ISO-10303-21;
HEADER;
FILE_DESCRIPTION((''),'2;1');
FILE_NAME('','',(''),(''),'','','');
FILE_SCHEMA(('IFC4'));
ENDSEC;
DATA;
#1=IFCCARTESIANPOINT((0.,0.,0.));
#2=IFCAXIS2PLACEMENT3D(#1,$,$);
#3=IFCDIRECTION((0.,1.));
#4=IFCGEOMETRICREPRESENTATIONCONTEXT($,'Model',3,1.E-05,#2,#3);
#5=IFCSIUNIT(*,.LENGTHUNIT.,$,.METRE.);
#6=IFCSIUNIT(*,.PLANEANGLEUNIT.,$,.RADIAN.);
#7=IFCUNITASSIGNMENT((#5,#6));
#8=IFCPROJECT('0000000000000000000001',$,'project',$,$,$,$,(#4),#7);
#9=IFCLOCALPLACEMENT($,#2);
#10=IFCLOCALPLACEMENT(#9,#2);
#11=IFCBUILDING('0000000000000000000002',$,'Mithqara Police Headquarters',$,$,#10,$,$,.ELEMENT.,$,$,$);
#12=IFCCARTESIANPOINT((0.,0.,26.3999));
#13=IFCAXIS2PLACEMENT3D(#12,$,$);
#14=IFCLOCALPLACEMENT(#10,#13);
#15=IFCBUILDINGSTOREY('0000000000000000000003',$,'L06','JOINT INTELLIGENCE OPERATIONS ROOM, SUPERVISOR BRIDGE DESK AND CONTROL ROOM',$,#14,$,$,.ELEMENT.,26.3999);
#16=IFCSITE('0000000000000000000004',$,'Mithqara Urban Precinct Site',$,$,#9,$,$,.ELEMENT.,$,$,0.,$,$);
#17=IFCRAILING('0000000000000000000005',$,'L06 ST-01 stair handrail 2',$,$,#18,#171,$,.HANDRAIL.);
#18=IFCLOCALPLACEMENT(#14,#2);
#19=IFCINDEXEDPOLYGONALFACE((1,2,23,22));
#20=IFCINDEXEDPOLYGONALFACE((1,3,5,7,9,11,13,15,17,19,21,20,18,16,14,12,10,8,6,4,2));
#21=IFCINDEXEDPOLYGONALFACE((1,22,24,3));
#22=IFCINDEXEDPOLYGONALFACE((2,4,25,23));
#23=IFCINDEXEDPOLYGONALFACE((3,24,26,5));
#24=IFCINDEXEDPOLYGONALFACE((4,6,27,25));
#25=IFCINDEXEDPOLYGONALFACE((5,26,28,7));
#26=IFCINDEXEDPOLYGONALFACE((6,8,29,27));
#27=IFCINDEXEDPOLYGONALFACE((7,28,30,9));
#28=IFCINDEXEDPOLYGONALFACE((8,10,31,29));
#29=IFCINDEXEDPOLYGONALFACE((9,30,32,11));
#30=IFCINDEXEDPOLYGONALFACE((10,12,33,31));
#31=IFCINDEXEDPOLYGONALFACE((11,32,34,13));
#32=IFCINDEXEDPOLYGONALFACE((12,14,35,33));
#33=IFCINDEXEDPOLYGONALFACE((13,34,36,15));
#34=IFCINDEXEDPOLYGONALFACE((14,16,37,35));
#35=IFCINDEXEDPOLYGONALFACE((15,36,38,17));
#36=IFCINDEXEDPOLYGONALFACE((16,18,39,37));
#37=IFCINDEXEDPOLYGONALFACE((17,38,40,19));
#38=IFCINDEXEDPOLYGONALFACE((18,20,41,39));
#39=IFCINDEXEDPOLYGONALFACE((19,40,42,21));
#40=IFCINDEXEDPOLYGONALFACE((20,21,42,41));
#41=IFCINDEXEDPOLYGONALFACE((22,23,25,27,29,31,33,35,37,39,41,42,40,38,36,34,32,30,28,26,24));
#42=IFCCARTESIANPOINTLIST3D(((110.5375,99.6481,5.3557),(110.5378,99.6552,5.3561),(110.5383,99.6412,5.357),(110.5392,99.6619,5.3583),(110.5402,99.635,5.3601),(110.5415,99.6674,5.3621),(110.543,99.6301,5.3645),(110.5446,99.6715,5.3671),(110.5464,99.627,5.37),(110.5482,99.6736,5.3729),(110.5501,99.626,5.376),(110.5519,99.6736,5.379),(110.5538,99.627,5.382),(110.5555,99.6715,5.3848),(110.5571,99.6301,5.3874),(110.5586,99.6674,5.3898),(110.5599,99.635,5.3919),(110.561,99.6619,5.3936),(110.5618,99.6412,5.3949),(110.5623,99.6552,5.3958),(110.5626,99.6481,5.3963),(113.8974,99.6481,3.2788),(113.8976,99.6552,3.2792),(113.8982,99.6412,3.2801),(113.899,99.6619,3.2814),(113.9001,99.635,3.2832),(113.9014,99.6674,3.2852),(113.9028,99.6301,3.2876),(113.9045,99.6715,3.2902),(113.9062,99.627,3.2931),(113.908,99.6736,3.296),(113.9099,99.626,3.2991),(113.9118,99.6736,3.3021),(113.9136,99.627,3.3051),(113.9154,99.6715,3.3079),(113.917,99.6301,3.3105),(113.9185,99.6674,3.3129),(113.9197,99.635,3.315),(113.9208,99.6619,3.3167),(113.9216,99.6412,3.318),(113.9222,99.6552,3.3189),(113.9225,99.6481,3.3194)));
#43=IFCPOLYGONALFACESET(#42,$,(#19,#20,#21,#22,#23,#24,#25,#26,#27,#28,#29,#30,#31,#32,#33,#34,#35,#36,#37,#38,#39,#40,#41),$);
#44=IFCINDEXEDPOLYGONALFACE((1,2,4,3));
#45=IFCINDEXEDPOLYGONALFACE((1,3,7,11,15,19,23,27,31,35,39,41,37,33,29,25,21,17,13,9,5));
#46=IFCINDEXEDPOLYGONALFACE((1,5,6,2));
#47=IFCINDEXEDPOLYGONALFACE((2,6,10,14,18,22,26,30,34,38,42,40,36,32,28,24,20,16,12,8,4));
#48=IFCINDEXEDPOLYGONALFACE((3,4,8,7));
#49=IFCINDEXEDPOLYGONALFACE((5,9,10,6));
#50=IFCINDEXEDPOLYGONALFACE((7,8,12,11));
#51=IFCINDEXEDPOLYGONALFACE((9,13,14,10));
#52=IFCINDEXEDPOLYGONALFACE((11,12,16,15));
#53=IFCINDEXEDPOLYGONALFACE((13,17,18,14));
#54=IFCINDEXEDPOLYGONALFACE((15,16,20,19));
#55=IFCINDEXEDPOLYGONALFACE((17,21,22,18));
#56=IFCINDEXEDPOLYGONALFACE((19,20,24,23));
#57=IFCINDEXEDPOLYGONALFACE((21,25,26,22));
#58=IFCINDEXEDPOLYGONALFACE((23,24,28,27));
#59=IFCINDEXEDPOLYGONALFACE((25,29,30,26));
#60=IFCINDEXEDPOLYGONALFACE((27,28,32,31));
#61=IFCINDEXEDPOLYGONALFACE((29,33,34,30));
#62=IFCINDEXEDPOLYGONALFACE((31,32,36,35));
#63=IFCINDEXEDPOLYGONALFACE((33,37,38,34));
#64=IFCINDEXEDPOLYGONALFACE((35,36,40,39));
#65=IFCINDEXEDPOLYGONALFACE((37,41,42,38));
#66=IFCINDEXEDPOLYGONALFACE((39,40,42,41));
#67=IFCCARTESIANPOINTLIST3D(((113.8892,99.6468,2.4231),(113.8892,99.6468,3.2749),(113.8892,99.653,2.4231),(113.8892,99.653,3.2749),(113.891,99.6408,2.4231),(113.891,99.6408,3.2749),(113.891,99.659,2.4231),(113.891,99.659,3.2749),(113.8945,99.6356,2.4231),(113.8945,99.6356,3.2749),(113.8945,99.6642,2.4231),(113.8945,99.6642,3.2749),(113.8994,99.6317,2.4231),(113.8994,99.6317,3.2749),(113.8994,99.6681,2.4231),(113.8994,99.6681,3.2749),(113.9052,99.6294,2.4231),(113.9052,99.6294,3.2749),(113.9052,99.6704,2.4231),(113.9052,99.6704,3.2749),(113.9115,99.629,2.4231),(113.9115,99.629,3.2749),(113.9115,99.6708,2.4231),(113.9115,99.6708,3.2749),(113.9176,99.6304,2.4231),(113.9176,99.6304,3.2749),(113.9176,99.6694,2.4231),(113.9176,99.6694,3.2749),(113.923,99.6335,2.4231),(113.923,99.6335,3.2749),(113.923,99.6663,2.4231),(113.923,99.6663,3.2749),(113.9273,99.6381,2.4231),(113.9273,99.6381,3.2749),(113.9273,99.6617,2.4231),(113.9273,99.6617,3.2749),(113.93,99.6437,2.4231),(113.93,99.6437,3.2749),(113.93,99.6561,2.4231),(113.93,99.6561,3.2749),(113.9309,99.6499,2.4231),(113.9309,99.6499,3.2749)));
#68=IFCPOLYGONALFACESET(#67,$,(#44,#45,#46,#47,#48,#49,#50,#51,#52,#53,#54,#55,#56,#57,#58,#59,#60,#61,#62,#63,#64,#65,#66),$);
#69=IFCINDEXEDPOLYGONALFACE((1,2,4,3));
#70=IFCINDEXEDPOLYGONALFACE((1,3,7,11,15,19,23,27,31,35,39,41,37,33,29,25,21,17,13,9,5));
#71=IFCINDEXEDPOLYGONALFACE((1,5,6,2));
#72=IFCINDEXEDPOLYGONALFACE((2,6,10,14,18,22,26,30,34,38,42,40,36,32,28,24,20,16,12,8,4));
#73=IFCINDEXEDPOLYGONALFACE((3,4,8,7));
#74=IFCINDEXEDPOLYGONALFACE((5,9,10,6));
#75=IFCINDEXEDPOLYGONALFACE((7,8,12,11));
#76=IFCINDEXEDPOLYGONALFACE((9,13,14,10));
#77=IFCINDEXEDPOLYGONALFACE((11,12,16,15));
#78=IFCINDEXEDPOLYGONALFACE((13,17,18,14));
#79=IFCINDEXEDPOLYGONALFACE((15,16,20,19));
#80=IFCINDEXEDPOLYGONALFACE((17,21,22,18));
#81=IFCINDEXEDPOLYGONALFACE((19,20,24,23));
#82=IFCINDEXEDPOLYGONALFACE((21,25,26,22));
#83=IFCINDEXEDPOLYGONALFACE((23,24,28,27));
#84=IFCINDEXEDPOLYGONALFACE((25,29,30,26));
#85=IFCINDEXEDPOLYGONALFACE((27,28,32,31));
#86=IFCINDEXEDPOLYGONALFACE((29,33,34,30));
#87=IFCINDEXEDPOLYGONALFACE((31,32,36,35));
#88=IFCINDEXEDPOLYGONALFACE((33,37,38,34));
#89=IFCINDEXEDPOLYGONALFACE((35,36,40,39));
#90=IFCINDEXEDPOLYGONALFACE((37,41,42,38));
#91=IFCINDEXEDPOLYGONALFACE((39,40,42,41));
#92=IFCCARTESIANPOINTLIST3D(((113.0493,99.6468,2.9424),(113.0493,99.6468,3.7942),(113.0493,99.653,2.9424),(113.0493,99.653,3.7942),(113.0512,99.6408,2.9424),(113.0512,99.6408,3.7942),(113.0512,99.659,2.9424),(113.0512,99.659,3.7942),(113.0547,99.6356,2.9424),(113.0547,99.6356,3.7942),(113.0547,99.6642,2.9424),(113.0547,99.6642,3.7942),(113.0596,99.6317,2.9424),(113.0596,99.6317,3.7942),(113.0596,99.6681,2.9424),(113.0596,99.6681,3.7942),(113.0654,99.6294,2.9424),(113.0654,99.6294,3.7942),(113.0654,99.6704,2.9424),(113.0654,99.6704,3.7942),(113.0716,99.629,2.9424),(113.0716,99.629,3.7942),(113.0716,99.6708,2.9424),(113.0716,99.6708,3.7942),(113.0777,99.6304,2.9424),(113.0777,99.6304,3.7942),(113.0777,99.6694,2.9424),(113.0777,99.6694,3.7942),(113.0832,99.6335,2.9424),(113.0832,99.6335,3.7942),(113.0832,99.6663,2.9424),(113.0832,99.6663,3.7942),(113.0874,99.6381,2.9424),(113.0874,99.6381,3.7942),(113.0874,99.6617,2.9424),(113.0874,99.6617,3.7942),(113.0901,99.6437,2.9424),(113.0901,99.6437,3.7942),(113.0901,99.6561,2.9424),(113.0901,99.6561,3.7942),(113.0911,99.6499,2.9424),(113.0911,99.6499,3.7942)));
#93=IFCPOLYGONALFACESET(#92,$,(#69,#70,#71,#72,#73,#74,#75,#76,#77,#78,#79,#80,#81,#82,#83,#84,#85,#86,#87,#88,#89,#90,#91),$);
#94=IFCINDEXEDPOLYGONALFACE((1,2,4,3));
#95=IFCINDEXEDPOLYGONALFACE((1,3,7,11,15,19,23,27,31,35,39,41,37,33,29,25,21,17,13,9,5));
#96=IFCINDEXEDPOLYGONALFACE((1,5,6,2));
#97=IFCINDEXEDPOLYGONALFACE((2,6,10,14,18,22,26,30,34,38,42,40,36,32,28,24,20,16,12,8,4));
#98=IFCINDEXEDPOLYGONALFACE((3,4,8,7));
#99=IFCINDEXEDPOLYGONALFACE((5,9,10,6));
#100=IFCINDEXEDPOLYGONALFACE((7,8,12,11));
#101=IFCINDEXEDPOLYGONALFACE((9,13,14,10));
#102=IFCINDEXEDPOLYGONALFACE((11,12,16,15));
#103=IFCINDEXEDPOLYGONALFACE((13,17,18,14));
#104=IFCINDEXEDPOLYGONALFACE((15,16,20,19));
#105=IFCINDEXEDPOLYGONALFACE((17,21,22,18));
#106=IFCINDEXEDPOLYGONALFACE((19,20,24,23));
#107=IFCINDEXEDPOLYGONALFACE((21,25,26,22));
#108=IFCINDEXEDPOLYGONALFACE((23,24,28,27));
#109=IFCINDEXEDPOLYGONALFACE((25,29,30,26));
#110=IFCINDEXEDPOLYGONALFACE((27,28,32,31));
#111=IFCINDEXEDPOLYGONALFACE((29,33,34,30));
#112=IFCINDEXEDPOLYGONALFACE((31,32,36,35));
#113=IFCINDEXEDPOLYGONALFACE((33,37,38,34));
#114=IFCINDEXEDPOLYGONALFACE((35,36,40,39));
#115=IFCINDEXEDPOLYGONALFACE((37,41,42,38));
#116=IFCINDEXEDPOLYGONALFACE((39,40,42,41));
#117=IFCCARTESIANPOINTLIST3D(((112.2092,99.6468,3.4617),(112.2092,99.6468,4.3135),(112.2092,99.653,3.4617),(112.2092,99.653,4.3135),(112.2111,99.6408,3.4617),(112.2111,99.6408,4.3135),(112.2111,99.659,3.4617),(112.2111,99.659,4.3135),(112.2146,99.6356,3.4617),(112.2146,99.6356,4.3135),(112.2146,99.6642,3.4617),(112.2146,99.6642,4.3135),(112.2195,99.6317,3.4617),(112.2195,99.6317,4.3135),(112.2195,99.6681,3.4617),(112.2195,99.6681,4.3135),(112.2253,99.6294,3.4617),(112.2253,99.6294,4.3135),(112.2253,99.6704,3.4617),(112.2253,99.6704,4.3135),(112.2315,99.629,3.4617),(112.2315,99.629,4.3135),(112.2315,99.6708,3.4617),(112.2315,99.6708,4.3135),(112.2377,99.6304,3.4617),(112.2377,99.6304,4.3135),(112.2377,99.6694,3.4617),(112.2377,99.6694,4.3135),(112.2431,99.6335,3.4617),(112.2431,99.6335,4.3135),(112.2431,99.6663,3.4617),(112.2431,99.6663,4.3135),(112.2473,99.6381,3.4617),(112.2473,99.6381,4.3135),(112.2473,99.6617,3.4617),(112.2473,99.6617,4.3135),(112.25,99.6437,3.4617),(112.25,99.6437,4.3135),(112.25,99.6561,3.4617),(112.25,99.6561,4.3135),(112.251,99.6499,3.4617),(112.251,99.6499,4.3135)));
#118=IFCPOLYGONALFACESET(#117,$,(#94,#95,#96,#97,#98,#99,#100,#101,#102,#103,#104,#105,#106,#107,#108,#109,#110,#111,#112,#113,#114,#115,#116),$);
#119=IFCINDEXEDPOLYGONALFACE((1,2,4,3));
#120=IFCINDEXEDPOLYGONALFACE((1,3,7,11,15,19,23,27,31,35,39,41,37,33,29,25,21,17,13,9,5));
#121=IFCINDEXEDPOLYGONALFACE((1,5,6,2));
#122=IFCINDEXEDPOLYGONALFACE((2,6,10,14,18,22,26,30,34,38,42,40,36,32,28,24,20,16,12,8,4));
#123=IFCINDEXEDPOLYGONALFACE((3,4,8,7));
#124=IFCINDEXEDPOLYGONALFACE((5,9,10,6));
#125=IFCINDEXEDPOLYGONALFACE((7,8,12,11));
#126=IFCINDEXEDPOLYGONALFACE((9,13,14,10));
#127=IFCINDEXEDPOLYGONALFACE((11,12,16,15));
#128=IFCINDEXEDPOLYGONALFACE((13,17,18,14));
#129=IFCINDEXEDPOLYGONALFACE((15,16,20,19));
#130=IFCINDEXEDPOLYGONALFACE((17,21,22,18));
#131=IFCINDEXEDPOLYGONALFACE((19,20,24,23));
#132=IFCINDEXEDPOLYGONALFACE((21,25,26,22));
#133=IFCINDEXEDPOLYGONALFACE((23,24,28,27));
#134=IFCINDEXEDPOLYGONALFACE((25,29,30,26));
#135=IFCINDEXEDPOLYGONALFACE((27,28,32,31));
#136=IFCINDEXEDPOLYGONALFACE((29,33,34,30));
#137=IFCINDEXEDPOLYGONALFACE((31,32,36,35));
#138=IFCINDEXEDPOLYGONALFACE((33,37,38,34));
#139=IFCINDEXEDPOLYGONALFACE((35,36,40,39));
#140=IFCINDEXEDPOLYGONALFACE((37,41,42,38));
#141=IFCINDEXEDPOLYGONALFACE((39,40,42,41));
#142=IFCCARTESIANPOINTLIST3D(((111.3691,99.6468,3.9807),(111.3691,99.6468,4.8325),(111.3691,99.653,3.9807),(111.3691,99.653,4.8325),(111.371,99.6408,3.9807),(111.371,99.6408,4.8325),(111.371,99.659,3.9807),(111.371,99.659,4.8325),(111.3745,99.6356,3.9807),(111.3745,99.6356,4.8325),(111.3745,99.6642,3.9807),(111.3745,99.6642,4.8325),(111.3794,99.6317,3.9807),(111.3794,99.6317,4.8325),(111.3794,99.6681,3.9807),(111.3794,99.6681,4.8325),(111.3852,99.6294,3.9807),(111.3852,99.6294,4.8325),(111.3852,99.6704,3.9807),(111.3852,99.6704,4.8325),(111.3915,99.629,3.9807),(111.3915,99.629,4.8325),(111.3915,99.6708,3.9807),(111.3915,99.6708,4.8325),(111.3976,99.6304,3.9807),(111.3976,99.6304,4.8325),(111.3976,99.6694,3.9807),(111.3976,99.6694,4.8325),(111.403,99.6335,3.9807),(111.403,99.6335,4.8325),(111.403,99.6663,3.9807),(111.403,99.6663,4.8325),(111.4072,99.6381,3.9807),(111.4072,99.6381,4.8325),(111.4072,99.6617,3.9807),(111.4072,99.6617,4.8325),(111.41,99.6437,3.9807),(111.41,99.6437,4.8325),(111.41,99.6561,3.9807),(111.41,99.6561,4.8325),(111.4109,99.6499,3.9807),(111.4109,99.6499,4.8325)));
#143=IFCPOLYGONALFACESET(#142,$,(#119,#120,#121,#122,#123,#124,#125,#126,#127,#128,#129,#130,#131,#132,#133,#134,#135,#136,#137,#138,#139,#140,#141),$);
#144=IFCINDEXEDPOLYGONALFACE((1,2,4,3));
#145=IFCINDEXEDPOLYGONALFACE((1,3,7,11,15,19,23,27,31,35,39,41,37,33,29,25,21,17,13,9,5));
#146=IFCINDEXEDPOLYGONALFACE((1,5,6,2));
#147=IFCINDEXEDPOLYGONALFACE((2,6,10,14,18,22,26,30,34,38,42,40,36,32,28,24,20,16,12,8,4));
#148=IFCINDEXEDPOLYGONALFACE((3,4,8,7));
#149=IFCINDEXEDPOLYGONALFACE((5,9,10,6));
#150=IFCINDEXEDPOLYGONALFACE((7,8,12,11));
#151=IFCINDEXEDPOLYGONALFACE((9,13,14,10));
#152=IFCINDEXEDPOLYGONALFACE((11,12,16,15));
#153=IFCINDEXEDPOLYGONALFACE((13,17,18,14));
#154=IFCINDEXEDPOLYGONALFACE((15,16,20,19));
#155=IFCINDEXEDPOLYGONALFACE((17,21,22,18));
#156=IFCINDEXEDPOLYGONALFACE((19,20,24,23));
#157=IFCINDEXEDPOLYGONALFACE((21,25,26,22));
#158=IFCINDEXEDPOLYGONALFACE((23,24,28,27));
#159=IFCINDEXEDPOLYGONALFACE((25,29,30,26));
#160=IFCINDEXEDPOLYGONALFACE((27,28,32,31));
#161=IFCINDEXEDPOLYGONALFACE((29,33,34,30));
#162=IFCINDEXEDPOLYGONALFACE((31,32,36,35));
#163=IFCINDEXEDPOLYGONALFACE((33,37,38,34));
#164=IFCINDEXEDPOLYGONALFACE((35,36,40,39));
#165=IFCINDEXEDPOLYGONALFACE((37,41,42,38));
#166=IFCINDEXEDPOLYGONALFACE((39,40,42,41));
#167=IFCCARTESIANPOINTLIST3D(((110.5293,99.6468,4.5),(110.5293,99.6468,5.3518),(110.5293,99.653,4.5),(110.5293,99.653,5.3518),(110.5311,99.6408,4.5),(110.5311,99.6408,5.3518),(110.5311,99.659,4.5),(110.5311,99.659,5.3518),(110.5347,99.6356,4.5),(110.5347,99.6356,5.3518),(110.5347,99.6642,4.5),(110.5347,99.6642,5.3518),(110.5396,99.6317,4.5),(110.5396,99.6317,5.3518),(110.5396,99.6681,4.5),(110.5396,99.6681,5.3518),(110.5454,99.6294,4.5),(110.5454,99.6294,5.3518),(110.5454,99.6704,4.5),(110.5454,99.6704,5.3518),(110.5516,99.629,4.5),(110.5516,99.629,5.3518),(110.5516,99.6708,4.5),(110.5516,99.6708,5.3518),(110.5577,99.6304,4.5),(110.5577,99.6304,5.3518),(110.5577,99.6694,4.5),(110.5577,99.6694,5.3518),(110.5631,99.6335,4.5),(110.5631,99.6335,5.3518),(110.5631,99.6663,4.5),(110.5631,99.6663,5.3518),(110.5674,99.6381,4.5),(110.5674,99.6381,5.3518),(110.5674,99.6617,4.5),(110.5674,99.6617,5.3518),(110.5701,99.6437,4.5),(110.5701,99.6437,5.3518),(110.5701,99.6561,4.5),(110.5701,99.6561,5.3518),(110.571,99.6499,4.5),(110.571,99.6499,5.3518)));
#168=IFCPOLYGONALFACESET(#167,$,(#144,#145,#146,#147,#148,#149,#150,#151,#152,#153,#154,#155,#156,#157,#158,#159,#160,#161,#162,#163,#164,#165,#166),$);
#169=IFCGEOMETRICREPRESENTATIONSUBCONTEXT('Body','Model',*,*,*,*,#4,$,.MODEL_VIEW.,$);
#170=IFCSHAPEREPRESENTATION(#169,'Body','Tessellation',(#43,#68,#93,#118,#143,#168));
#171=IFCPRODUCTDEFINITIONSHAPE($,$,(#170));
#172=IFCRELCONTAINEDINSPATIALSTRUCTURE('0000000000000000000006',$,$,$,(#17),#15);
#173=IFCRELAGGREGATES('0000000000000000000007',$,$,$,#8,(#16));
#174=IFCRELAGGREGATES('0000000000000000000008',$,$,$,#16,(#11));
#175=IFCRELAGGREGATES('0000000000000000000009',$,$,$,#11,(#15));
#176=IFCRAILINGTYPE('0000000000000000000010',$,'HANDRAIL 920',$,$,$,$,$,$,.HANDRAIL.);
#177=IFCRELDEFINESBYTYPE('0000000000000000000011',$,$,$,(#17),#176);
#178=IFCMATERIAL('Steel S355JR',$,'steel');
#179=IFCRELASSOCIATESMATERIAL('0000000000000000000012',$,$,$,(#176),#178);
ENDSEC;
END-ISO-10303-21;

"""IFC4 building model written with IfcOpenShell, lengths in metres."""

from ifc_helpers import new_model, si_unit, direction, frame, origin, origin_2d, place, context, subcontext, project, spatial, circle, extrude, material, type_object, element, save


model = new_model("IFC4")

# Units and contexts
model_context = context("Model", 3, precision=1e-05, world=origin(), true_north=direction((0.0, 1.0)))
body_context = subcontext(model_context, "Body", "Model", "MODEL_VIEW")
ifc_project = project(units=[si_unit("LENGTHUNIT", "METRE"), si_unit("PLANEANGLEUNIT", "RADIAN")], contexts=[model_context])

# Site, building, storey
site_placement = place(None, origin())
site = spatial("IfcSite", under=ifc_project, at=site_placement, Name="Mithqara Urban Precinct Site", CompositionType="ELEMENT", RefElevation=0.0)
building_placement = place(site_placement, origin())
building = spatial("IfcBuilding", under=site, at=building_placement, Name="Mithqara Police Headquarters", CompositionType="ELEMENT")
storey_placement = place(building_placement, frame((0.0, 0.0, 26.3999)))
storey = spatial("IfcBuildingStorey", under=building, at=storey_placement, Name="L06", Description="JOINT INTELLIGENCE OPERATIONS ROOM, SUPERVISOR BRIDGE DESK AND CONTROL ROOM", CompositionType="ELEMENT", Elevation=26.3999)

# Shared definitions
ifc_material_1 = material(Name="Steel S355JR", Category="steel")

# Railing
railing_type_1 = type_object("IfcRailingType", Name="HANDRAIL 920", PredefinedType="HANDRAIL", material=ifc_material_1)
railing_1_placement = place(storey_placement, frame((113.9099, 99.6499, 2.4231)))
element("IfcRailing", 1, at=railing_1_placement, inside=storey, type_object=railing_type_1, Name="L06 ST-01 stair handrail 2", PredefinedType="HANDRAIL", context=body_context, shape_type="SweptSolid", body=[
    extrude(circle(Radius=0.0239, at=origin_2d()), frame((0.0, 0.0, 0.876), z_axis=(-0.850606, 0.0, 0.525803), x_axis=(0.0, -1.0, 0.0)), (0.0, 0.0, 1.0), 3.95),
    extrude(circle(Radius=0.021, at=origin_2d()), origin(), (0.0, 0.0, 1.0), 0.8518),
    extrude(circle(Radius=0.021, at=origin_2d()), frame((-0.8398, 0.0, 0.5193)), (0.0, 0.0, 1.0), 0.8518),
    extrude(circle(Radius=0.021, at=origin_2d()), frame((-1.6799, 0.0, 1.0386)), (0.0, 0.0, 1.0), 0.8518),
    extrude(circle(Radius=0.021, at=origin_2d()), frame((-2.52, 0.0, 1.5576)), (0.0, 0.0, 1.0), 0.8518),
    extrude(circle(Radius=0.021, at=origin_2d()), frame((-3.3599, 0.0, 2.0769)), (0.0, 0.0, 1.0), 0.8518),
])

save(model, "model.ifc")
